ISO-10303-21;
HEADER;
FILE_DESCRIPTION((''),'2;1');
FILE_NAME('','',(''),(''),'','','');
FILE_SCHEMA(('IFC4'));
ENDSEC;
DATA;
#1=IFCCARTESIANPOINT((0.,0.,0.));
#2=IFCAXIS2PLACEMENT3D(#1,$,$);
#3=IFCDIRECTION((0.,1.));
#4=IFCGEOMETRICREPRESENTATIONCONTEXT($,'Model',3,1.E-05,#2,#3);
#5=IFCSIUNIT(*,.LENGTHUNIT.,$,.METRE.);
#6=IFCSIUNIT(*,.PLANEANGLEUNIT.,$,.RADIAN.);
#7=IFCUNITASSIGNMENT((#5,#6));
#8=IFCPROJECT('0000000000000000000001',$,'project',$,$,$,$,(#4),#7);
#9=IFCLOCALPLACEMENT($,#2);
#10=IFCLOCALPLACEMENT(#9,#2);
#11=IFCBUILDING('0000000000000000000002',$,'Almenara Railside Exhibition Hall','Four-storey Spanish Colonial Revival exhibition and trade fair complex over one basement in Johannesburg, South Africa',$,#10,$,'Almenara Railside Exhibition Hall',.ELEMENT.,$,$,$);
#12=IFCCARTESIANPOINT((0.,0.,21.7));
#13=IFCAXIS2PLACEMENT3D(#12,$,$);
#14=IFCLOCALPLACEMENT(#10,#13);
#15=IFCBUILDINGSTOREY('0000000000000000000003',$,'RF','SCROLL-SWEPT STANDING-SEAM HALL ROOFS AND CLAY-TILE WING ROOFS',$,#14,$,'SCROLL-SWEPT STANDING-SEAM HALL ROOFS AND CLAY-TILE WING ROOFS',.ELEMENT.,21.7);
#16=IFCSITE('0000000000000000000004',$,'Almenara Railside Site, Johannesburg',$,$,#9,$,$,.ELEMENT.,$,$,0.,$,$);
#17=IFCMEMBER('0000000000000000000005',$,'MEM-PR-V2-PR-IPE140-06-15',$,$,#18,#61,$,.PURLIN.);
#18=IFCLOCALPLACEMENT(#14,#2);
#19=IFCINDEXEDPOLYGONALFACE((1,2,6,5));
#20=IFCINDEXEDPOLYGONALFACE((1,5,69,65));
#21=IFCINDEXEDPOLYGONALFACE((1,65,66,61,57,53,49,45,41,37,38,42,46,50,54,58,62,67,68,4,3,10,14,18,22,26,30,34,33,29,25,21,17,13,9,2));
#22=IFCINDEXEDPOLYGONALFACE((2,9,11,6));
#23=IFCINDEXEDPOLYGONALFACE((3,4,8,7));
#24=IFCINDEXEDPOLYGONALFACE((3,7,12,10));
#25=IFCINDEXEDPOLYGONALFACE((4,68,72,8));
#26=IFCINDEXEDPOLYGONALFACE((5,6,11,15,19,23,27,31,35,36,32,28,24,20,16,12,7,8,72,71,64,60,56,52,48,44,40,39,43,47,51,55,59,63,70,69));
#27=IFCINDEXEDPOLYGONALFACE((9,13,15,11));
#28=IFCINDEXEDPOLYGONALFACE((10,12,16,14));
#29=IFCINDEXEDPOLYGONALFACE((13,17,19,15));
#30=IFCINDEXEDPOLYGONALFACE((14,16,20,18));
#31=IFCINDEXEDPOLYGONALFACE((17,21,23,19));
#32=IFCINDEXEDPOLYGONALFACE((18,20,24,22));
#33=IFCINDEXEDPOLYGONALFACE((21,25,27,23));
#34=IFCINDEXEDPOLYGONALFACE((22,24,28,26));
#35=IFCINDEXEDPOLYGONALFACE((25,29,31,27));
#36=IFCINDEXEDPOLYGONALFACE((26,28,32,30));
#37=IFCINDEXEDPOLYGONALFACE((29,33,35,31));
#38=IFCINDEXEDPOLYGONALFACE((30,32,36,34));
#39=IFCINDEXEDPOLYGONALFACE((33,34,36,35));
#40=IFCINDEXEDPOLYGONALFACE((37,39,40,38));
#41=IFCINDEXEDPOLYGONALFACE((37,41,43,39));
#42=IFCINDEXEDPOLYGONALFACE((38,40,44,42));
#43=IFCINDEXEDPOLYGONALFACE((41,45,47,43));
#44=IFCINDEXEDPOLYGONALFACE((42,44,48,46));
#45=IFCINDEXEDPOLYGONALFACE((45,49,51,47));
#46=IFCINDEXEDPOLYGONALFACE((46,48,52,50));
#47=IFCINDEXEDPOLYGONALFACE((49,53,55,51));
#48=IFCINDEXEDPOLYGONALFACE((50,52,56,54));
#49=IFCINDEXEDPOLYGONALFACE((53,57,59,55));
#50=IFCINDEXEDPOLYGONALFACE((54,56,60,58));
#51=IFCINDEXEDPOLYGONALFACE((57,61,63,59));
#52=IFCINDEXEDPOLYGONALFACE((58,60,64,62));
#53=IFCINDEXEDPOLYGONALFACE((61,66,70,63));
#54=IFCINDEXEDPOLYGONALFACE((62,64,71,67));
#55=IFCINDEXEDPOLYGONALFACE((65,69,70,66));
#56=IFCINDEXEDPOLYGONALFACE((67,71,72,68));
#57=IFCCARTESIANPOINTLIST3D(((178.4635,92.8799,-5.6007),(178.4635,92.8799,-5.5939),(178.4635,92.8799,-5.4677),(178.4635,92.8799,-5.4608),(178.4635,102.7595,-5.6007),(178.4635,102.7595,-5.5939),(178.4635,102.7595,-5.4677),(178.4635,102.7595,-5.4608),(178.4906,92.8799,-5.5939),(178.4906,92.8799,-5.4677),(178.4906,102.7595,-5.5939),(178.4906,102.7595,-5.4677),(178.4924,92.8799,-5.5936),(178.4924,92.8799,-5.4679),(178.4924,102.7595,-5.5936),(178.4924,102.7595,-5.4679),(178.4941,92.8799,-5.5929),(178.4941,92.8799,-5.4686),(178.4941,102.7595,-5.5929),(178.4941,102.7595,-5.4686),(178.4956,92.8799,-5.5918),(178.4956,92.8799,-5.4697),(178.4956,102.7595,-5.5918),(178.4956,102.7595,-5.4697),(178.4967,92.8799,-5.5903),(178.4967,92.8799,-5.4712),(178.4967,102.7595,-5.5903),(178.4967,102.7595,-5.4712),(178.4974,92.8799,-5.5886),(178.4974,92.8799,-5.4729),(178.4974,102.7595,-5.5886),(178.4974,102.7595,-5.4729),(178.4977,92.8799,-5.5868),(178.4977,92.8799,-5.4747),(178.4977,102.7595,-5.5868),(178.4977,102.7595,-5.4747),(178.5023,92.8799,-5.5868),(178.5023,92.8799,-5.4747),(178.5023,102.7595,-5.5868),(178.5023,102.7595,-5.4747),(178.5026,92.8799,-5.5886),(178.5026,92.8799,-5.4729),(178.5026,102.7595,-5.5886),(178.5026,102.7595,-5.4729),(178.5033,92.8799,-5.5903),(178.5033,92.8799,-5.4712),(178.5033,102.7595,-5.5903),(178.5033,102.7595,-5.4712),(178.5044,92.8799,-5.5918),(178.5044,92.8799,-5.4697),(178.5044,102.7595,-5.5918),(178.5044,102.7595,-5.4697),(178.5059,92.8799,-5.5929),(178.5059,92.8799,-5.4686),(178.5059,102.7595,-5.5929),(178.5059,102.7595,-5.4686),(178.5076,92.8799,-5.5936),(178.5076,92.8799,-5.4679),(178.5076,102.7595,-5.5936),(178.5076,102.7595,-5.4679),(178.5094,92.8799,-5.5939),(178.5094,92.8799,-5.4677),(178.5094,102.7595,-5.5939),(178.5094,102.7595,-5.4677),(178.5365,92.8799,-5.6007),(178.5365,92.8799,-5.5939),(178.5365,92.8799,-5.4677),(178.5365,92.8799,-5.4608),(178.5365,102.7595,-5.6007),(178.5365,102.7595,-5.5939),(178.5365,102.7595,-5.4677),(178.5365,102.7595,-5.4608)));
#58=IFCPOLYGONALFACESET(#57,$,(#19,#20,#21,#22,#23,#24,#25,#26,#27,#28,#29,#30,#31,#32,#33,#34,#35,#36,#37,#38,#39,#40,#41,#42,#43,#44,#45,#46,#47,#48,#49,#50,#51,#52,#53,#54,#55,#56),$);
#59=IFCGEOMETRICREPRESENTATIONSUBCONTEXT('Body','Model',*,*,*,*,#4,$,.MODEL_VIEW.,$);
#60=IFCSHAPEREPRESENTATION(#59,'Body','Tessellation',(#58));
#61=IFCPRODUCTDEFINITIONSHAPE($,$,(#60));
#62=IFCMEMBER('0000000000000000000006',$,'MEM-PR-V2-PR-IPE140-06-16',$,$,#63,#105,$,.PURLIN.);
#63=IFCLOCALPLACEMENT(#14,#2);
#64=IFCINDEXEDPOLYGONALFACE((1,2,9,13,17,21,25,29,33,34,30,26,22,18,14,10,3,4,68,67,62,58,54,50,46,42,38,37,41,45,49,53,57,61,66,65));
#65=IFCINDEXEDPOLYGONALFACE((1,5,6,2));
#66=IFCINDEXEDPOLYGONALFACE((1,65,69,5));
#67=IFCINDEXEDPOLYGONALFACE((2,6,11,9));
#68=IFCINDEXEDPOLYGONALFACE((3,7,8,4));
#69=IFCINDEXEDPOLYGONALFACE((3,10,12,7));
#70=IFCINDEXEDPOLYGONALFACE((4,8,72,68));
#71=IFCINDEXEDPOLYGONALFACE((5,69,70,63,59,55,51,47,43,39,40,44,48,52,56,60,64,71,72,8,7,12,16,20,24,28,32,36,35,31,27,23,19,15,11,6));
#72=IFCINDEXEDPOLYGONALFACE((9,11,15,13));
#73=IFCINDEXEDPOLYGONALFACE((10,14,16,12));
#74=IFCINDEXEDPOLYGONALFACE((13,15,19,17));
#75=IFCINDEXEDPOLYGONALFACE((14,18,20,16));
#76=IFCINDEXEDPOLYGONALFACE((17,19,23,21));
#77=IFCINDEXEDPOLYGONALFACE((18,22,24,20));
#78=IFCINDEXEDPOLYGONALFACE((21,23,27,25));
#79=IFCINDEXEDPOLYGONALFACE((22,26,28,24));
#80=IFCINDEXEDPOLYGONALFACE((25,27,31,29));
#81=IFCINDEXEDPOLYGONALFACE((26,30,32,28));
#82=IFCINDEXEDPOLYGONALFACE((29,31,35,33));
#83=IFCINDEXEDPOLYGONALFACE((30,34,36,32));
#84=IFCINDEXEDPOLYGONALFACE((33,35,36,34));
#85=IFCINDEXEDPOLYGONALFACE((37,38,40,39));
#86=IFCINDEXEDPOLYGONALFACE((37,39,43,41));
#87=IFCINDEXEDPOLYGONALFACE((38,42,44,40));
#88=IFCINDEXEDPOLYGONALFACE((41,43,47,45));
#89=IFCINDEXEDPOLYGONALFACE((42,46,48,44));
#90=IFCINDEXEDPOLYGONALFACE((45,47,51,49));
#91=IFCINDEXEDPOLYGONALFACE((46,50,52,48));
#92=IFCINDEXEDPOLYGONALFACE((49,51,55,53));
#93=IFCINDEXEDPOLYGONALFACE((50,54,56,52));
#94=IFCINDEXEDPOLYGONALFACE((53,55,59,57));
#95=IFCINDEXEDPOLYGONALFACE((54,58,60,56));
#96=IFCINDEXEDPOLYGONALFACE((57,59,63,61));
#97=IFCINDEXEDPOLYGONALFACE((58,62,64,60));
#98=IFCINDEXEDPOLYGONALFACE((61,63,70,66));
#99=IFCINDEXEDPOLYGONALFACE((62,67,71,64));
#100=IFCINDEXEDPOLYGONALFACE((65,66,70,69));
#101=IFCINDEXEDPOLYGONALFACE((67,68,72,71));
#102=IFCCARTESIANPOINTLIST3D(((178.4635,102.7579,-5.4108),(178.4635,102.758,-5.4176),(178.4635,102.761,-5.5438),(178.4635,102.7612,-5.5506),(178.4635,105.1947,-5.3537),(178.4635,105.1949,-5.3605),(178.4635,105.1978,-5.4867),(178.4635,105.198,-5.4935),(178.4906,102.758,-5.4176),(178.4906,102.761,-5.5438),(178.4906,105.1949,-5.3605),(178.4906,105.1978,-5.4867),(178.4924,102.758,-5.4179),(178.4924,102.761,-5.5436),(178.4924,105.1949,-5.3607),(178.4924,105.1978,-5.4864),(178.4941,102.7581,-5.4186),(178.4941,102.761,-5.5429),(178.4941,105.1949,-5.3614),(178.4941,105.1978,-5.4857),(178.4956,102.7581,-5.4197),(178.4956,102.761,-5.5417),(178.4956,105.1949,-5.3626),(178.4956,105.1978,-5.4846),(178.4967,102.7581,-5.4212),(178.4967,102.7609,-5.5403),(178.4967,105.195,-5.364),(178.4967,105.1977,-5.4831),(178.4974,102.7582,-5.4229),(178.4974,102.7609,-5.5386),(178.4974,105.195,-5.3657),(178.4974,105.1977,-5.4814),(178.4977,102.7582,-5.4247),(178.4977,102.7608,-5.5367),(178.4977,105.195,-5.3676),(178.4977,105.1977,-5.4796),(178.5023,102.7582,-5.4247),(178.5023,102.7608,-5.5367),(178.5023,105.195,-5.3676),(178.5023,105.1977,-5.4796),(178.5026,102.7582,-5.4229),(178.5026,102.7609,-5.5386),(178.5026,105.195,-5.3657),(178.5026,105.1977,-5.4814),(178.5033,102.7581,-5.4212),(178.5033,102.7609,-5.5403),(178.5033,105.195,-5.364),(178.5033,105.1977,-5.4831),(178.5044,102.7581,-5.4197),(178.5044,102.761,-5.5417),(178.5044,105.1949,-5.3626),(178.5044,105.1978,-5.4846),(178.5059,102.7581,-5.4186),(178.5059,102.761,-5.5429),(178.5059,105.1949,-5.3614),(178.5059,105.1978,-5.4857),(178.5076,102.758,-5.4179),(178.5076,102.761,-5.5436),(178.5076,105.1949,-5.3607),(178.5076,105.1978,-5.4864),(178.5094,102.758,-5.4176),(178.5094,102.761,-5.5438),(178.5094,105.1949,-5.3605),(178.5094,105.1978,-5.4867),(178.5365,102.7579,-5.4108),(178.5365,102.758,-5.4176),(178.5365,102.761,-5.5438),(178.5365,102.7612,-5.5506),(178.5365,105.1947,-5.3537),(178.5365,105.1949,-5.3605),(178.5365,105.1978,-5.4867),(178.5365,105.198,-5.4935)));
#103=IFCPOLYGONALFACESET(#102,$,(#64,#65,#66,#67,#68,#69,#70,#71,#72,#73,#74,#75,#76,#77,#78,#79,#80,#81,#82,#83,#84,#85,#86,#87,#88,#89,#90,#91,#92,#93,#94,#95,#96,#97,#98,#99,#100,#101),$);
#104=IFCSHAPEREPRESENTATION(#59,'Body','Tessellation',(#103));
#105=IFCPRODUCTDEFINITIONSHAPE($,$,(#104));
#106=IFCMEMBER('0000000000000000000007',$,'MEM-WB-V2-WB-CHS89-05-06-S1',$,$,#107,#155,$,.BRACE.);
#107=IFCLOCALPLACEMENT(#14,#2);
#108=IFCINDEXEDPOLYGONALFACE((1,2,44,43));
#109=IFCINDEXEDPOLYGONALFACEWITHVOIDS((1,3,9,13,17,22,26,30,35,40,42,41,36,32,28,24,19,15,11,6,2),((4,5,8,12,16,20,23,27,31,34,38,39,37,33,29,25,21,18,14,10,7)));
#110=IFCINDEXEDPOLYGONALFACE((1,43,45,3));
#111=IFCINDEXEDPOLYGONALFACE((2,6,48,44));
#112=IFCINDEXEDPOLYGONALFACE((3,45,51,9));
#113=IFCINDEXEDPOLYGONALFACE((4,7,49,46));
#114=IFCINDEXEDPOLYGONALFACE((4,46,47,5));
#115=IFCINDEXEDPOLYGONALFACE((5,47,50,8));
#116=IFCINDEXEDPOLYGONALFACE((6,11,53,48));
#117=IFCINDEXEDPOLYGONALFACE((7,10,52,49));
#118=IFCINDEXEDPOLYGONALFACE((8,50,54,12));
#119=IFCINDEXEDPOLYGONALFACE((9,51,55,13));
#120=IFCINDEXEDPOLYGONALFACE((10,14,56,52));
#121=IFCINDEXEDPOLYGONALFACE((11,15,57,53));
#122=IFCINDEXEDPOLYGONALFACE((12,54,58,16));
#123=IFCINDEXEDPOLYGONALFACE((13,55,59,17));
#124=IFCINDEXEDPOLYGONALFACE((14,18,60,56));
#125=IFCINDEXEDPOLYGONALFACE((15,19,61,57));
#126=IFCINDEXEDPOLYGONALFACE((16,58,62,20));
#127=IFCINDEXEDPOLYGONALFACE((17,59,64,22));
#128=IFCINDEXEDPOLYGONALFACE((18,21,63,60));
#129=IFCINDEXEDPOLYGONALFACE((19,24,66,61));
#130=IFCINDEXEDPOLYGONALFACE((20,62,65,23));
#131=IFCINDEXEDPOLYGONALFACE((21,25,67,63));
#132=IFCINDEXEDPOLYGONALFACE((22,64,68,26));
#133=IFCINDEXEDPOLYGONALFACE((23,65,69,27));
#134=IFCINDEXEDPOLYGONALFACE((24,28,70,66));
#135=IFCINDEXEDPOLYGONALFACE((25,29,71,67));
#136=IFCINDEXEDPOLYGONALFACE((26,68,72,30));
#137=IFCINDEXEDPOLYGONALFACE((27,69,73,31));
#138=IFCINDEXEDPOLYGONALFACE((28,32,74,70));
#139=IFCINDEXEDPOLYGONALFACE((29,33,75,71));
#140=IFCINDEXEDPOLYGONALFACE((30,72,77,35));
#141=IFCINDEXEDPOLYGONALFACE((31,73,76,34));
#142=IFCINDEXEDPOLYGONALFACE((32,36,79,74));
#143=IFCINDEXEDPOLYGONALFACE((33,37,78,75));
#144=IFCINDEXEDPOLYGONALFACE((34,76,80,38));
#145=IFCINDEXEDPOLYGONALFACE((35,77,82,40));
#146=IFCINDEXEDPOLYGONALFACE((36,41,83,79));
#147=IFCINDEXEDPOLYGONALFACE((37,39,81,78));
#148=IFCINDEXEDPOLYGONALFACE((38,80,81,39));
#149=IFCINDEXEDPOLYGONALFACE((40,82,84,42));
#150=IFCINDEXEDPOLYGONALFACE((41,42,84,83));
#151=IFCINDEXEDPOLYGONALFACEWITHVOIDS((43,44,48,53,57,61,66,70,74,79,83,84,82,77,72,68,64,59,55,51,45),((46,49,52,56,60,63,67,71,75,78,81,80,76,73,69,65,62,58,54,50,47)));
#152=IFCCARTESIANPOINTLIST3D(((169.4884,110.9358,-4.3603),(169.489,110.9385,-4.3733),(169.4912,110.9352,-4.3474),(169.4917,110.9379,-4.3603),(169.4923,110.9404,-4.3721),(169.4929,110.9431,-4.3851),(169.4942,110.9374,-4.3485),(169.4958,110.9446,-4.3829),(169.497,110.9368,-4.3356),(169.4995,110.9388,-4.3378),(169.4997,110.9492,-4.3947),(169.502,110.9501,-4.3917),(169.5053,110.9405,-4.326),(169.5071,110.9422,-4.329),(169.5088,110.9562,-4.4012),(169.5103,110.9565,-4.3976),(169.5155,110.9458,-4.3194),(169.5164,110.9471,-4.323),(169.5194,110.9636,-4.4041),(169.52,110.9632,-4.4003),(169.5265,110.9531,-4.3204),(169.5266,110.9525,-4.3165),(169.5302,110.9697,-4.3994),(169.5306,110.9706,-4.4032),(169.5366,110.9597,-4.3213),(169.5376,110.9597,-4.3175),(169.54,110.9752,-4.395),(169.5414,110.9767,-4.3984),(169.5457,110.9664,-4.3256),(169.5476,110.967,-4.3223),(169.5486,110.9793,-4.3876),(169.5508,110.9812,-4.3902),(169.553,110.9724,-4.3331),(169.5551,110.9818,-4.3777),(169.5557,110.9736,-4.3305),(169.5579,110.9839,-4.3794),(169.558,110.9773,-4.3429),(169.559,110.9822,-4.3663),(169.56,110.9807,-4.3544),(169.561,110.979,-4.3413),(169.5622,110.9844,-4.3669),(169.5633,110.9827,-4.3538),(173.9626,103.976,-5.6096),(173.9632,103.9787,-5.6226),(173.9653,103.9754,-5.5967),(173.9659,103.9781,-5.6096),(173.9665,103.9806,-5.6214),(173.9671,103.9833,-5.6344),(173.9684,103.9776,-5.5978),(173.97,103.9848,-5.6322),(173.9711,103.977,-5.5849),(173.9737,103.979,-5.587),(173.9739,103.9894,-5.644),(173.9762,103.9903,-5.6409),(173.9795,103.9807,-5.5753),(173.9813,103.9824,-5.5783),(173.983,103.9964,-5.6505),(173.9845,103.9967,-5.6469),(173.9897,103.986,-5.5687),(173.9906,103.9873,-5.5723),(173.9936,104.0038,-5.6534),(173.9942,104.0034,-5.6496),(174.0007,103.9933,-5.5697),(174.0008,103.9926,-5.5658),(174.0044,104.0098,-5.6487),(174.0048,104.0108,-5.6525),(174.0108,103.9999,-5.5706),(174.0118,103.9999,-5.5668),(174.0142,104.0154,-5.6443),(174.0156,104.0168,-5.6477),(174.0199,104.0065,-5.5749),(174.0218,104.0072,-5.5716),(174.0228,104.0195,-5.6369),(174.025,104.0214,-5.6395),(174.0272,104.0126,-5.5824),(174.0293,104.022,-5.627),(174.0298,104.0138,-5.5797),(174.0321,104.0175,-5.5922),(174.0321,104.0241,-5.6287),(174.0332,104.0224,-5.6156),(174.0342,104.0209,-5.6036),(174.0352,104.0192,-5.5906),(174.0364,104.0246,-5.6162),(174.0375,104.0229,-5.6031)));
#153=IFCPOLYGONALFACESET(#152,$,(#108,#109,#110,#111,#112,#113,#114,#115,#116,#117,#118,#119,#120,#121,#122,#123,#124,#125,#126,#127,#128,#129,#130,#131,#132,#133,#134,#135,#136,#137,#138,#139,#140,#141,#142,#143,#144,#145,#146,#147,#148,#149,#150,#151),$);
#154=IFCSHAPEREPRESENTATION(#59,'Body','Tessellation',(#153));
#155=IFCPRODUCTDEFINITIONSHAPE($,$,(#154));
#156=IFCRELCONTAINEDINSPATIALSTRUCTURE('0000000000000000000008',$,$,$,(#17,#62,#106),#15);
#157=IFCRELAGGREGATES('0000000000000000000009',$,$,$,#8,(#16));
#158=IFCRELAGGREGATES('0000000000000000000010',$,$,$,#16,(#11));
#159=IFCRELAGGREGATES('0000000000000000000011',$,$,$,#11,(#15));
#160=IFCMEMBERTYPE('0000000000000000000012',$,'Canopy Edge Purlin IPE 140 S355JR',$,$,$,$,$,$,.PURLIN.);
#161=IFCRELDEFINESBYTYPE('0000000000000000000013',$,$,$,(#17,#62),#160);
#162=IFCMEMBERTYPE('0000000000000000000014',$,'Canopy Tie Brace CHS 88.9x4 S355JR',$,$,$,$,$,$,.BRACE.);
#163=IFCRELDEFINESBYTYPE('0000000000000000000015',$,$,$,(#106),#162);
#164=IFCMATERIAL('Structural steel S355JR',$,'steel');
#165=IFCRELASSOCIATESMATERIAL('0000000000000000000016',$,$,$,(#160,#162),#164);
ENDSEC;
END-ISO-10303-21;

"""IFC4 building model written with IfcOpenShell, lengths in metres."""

from ifc_helpers import new_model, si_unit, direction, frame, origin, origin_2d, place, context, subcontext, project, spatial, hollow_circle, i_section, extrude, material, material_profile, profile_set, type_object, element, save


model = new_model("IFC4")

# Units and contexts
model_context = context("Model", 3, precision=1e-05, world=origin(), true_north=direction((0.0, 1.0)))
body_context = subcontext(model_context, "Body", "Model", "MODEL_VIEW")
ifc_project = project(units=[si_unit("LENGTHUNIT", "METRE"), si_unit("PLANEANGLEUNIT", "RADIAN")], contexts=[model_context])

# Site, building, storey
site_placement = place(None, origin())
site = spatial("IfcSite", under=ifc_project, at=site_placement, Name="Almenara Railside Site, Johannesburg", CompositionType="ELEMENT", RefElevation=0.0)
building_placement = place(site_placement, origin())
building = spatial("IfcBuilding", under=site, at=building_placement, Name="Almenara Railside Exhibition Hall", Description="Four-storey Spanish Colonial Revival exhibition and trade fair complex over one basement in Johannesburg, South Africa", LongName="Almenara Railside Exhibition Hall", CompositionType="ELEMENT")
storey_placement = place(building_placement, frame((0.0, 0.0, 21.7)))
storey = spatial("IfcBuildingStorey", under=building, at=storey_placement, Name="RF", Description="SCROLL-SWEPT STANDING-SEAM HALL ROOFS AND CLAY-TILE WING ROOFS", LongName="SCROLL-SWEPT STANDING-SEAM HALL ROOFS AND CLAY-TILE WING ROOFS", CompositionType="ELEMENT", Elevation=21.7)

# Members
ifc_material_1 = material(Name="Structural steel S355JR", Category="steel")
ifc_material_profile_1 = material_profile(ifc_material_1, i_section(OverallWidth=0.073, OverallDepth=0.1399, WebThickness=0.0046, FlangeThickness=0.0068, FilletRadius=0.0071, at=origin_2d()), Name="IPE 140")
ifc_profile_set_1 = profile_set([ifc_material_profile_1], Name="Structural steel S355JR")
member_type_1 = type_object("IfcMemberType", Name="Canopy Edge Purlin IPE 140 S355JR", PredefinedType="PURLIN", material=ifc_profile_set_1)
member_1_placement = place(storey_placement, frame((178.5, 92.8799, -5.5308), z_axis=(0.0, 1.0, 0.0), x_axis=(-1.0, 0.0, 0.0)))
element("IfcMember", 1, at=member_1_placement, inside=storey, type_object=member_type_1, Name="MEM-PR-V2-PR-IPE140-06-15", PredefinedType="PURLIN", context=body_context, shape_type="SweptSolid", body=[
    extrude(i_section(OverallWidth=0.073, OverallDepth=0.1399, WebThickness=0.0046, FlangeThickness=0.0068, FilletRadius=0.0071, at=origin_2d()), origin(), (0.0, 0.0, 1.0), 9.8796),
])
member_2_placement = place(storey_placement, frame((178.5, 102.7595, -5.4807), z_axis=(0.0, 0.999725, 0.023438), x_axis=(-1.0, 0.0, 0.0)))
element("IfcMember", 2, at=member_2_placement, inside=storey, type_object=member_type_1, Name="MEM-PR-V2-PR-IPE140-06-16", PredefinedType="PURLIN", context=body_context, shape_type="SweptSolid", body=[
    extrude(i_section(OverallWidth=0.073, OverallDepth=0.1399, WebThickness=0.0046, FlangeThickness=0.0068, FilletRadius=0.0071, at=origin_2d()), origin(), (0.0, 0.0, 1.0), 2.4375),
])
ifc_material_profile_2 = material_profile(ifc_material_1, hollow_circle(Radius=0.0444, WallThickness=0.0039, at=origin_2d()), Name="CHS 88.9x4")
ifc_profile_set_2 = profile_set([ifc_material_profile_2], Name="Structural steel S355JR")
member_type_2 = type_object("IfcMemberType", Name="Canopy Tie Brace CHS 88.9x4 S355JR", PredefinedType="BRACE", material=ifc_profile_set_2)
member_3_placement = place(storey_placement, frame((174.0, 104.0, -5.6096), z_axis=(-0.534698, 0.83175, 0.149299), x_axis=(-0.841178, -0.540759, 0.0)))
element("IfcMember", 3, at=member_3_placement, inside=storey, type_object=member_type_2, Name="MEM-WB-V2-WB-CHS89-05-06-S1", PredefinedType="BRACE", context=body_context, shape_type="SweptSolid", body=[
    extrude(hollow_circle(Radius=0.0444, WallThickness=0.0039, at=origin_2d()), origin(), (0.0, 0.0, 1.0), 8.3677),
])

save(model, "model.ifc")
